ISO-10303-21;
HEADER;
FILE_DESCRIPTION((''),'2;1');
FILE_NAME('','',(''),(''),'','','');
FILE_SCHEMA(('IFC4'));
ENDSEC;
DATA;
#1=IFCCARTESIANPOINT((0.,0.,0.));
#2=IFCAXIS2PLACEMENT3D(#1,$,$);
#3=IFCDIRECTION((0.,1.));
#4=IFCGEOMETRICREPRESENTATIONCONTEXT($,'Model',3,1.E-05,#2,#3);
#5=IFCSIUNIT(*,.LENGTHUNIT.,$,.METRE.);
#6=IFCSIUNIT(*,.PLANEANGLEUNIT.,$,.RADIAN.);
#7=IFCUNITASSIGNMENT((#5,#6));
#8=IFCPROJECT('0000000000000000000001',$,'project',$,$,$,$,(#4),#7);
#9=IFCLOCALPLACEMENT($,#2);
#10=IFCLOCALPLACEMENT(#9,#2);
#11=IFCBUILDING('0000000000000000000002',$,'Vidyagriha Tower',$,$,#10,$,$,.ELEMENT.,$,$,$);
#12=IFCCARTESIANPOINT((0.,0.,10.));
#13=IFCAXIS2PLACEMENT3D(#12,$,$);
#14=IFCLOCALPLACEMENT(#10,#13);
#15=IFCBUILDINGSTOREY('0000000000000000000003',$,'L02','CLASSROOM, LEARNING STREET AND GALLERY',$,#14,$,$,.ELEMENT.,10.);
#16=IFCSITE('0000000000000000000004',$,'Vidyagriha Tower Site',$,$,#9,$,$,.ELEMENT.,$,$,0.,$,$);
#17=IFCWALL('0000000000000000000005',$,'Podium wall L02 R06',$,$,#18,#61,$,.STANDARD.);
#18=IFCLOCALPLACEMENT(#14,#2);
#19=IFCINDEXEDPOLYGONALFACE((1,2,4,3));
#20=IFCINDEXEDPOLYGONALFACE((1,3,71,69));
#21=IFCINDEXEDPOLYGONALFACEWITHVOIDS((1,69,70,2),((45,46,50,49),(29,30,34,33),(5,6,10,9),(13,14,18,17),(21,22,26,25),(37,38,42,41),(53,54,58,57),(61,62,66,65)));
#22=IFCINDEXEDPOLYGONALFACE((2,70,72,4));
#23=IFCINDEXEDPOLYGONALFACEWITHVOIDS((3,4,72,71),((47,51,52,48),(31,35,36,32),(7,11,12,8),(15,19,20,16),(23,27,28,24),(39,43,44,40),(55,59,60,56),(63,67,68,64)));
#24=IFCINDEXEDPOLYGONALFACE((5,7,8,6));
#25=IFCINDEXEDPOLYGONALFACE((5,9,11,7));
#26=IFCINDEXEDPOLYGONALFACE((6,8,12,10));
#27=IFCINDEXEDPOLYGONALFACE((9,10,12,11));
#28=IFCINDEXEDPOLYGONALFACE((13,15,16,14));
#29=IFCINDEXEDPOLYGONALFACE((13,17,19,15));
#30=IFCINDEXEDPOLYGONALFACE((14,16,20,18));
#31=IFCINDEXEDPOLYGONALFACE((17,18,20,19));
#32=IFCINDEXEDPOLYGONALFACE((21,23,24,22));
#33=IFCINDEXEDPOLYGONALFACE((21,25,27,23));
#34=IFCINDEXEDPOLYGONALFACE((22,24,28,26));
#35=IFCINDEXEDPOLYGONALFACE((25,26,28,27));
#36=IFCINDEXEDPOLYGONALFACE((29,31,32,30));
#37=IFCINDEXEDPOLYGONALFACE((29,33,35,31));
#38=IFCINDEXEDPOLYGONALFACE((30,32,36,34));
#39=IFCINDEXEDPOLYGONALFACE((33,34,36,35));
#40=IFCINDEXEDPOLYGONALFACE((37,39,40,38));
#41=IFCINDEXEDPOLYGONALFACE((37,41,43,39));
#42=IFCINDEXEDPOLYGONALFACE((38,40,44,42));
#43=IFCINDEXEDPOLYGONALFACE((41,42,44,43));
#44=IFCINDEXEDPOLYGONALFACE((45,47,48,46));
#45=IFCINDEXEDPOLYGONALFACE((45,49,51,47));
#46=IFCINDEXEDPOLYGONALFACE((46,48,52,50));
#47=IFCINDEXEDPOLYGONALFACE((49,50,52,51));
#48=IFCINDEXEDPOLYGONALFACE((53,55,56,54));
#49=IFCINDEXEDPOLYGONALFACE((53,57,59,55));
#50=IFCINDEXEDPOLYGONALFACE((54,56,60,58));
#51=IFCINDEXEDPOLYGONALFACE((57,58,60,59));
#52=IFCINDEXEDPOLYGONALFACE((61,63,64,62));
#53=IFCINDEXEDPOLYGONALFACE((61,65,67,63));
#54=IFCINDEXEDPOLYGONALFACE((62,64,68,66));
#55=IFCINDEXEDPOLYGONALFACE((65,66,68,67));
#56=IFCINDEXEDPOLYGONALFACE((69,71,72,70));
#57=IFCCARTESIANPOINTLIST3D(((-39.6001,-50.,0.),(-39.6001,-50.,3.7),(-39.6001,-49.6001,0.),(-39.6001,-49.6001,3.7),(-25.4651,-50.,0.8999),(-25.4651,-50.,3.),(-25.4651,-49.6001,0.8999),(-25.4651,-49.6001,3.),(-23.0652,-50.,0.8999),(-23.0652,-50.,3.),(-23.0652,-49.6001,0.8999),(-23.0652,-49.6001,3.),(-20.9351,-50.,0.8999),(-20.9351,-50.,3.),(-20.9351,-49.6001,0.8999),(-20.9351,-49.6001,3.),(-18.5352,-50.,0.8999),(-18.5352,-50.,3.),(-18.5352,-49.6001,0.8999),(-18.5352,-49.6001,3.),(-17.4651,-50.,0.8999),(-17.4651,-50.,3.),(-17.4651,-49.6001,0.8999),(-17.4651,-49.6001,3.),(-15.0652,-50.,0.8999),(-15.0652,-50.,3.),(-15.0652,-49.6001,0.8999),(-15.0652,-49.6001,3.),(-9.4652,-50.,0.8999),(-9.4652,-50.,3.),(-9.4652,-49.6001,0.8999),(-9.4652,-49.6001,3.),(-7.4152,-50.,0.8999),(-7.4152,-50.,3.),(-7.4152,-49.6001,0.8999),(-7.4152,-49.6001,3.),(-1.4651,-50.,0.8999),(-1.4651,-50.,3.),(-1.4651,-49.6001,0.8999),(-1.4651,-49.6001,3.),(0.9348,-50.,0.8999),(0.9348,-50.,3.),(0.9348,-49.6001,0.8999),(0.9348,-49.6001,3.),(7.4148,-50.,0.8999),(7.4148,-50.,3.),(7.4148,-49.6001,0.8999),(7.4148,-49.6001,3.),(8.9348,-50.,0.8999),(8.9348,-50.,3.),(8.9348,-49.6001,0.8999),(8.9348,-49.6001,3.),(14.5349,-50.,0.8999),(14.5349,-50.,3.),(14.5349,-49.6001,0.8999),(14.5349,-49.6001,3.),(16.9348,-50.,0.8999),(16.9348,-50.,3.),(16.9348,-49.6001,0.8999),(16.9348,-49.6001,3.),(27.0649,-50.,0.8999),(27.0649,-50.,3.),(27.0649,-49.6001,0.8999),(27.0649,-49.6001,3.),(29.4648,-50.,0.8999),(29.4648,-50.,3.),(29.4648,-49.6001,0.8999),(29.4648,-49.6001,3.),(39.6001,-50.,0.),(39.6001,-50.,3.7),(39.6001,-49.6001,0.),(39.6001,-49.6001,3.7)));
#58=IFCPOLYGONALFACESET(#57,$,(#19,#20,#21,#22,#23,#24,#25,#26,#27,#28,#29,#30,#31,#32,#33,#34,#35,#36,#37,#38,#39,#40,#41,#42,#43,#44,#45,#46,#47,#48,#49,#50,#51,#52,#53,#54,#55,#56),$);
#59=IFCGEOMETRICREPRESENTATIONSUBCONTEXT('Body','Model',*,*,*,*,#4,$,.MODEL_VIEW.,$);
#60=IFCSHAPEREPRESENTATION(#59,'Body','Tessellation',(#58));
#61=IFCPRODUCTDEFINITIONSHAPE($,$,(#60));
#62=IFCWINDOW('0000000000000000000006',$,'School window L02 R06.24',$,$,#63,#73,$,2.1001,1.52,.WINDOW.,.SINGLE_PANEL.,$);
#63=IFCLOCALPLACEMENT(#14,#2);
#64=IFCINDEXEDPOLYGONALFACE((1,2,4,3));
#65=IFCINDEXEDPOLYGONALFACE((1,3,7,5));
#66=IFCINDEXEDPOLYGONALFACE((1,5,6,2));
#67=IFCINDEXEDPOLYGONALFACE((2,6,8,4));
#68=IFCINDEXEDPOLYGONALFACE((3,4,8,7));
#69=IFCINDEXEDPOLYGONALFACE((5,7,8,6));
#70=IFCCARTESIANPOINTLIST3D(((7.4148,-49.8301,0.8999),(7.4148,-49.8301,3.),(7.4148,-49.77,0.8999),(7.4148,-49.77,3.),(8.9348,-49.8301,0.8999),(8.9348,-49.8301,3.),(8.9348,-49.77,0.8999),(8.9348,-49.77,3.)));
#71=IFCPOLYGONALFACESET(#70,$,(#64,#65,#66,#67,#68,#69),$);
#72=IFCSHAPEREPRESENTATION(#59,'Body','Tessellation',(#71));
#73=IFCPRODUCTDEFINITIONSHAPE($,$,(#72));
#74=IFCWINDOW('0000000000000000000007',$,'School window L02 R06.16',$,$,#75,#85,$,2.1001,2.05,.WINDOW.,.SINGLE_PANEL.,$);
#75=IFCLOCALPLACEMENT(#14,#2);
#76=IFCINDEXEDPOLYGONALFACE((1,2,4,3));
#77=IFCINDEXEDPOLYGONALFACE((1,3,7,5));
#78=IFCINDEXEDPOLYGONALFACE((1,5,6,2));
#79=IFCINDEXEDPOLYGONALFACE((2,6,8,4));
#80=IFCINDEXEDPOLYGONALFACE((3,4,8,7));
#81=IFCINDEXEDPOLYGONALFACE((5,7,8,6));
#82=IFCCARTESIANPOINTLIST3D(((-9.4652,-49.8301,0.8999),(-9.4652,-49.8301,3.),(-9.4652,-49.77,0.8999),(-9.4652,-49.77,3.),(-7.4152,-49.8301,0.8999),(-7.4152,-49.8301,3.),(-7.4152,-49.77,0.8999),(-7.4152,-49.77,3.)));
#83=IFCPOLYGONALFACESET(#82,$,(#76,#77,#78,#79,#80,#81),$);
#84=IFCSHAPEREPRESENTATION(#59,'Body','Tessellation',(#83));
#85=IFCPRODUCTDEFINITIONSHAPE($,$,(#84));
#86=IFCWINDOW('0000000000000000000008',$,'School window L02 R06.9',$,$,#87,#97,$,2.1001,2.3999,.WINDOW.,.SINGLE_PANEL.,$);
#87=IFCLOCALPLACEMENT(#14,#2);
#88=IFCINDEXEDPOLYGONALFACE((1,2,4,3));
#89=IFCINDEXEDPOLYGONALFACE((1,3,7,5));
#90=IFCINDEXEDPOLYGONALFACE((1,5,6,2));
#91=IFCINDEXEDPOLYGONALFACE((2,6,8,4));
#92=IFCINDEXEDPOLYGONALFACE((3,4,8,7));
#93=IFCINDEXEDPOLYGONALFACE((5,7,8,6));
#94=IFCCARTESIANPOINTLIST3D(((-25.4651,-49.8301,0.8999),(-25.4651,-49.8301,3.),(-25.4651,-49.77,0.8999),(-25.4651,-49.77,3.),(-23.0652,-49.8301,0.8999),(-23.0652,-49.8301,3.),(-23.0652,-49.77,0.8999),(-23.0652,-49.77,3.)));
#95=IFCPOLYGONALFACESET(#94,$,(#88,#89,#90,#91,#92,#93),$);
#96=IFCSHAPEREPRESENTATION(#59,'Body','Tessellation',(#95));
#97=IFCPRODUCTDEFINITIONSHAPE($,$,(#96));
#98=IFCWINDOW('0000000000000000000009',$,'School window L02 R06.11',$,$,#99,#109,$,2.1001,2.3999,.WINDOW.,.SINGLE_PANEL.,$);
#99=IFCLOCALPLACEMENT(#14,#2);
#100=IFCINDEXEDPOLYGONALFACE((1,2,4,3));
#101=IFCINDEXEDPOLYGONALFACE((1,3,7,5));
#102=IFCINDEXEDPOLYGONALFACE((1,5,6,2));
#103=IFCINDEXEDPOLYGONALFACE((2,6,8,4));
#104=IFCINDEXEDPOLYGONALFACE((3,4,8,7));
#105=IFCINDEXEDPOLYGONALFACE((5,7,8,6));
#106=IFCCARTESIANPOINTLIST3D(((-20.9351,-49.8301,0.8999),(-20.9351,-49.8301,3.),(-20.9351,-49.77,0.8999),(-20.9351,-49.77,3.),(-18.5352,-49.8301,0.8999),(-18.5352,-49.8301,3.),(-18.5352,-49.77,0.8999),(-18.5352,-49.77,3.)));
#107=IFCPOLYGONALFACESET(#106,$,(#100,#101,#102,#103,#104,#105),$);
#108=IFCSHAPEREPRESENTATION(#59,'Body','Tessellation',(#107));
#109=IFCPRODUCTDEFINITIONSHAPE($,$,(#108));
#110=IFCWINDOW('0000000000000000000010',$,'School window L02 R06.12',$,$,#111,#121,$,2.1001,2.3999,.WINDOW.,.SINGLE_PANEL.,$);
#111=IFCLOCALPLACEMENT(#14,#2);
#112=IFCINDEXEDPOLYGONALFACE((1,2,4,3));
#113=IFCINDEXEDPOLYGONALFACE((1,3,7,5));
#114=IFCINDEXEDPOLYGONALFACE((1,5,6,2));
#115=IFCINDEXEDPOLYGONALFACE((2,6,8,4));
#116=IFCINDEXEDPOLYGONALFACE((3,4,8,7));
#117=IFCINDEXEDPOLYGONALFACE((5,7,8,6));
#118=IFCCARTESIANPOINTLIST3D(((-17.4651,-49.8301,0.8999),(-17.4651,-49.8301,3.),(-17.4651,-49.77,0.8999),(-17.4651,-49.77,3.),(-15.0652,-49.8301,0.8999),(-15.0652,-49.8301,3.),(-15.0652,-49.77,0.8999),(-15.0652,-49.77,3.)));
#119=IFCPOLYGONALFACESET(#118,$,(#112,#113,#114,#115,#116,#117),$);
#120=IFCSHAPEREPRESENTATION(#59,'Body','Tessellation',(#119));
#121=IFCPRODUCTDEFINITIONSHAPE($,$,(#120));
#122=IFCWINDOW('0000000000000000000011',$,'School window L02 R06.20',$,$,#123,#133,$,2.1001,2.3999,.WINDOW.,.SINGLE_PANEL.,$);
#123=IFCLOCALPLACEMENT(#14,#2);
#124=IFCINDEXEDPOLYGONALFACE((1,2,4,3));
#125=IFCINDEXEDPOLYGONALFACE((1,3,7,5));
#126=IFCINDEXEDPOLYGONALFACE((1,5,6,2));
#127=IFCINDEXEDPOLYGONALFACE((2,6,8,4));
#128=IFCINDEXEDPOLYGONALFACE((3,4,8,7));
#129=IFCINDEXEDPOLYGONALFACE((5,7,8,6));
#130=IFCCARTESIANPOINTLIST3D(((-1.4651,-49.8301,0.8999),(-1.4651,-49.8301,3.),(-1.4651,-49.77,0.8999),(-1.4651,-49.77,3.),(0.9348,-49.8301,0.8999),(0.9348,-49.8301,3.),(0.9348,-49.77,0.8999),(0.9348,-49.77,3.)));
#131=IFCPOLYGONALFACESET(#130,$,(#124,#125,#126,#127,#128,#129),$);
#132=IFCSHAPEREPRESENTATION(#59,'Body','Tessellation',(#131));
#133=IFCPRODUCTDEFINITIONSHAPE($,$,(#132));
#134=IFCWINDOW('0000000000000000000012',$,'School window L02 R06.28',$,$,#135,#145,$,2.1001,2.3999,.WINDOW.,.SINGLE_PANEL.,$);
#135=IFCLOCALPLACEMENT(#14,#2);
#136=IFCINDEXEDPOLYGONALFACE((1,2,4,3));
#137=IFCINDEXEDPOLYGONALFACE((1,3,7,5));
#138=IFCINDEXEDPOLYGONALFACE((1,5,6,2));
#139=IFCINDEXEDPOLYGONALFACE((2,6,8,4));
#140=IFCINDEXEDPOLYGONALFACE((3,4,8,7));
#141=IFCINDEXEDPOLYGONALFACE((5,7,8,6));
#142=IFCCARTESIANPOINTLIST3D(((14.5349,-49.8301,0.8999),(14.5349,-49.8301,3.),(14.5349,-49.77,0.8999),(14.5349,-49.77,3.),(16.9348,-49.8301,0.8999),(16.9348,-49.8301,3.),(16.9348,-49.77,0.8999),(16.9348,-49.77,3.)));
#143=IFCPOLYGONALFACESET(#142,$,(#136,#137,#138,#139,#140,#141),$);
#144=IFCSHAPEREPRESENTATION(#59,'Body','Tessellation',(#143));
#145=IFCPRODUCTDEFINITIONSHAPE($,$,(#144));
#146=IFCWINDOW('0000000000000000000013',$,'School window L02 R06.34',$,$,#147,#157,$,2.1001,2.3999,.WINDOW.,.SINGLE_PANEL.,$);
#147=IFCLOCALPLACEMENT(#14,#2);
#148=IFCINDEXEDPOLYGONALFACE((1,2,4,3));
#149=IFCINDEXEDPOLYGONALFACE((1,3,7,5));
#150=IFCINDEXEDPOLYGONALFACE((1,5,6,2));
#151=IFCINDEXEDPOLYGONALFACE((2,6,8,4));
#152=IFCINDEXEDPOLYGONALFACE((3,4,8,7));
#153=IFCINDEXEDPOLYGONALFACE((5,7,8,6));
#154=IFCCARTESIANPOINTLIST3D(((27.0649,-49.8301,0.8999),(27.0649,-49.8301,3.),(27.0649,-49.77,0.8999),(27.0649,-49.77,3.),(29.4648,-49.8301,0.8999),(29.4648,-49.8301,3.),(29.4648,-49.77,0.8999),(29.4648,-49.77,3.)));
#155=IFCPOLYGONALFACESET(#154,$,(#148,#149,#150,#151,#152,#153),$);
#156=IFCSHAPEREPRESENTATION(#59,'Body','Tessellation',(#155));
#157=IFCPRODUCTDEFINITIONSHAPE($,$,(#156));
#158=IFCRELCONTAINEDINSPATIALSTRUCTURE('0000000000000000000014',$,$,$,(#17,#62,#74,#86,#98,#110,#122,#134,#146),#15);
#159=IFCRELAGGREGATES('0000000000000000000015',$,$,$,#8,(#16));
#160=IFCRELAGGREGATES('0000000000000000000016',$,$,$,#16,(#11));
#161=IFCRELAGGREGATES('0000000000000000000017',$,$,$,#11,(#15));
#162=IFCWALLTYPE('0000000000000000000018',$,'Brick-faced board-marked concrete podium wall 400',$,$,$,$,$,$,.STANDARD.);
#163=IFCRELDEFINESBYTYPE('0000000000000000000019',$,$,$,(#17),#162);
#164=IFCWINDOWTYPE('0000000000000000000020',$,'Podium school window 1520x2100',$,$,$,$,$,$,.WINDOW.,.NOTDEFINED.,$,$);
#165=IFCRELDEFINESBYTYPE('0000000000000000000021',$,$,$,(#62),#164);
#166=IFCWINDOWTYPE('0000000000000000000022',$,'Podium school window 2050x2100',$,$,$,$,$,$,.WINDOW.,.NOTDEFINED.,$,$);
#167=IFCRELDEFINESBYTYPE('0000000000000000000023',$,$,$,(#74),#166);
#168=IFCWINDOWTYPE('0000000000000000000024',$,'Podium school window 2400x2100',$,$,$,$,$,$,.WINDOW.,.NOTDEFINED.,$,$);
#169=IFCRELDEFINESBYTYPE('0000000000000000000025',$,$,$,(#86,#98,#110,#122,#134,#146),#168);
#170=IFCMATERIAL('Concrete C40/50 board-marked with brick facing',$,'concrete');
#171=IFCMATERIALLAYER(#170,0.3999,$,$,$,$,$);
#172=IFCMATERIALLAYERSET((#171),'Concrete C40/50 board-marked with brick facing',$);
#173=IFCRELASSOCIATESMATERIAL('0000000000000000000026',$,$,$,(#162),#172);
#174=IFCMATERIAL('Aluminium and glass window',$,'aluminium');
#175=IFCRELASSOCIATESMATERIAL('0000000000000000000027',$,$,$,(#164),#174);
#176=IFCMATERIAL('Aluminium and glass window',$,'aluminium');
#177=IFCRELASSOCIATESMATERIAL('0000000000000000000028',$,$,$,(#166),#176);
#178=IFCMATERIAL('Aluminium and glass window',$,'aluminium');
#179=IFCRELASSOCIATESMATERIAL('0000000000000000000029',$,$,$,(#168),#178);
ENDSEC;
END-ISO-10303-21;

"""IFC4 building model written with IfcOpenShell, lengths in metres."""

from ifc_helpers import new_model, si_unit, direction, frame, frame_2d, origin, place, context, subcontext, project, spatial, rectangle, extrude, material, layer, layer_set, type_object, element, fill, save


model = new_model("IFC4")

# Units and contexts
model_context = context("Model", 3, precision=1e-05, world=origin(), true_north=direction((0.0, 1.0)))
body_context = subcontext(model_context, "Body", "Model", "MODEL_VIEW")
ifc_project = project(units=[si_unit("LENGTHUNIT", "METRE"), si_unit("PLANEANGLEUNIT", "RADIAN")], contexts=[model_context])

# Site, building, storey
site_placement = place(None, origin())
site = spatial("IfcSite", under=ifc_project, at=site_placement, Name="Vidyagriha Tower Site", CompositionType="ELEMENT", RefElevation=0.0)
building_placement = place(site_placement, origin())
building = spatial("IfcBuilding", under=site, at=building_placement, Name="Vidyagriha Tower", CompositionType="ELEMENT")
storey_placement = place(building_placement, frame((0.0, 0.0, 10.0)))
storey = spatial("IfcBuildingStorey", under=building, at=storey_placement, Name="L02", Description="CLASSROOM, LEARNING STREET AND GALLERY", CompositionType="ELEMENT", Elevation=10.0)

# Wall, openings, windows
ifc_material_1 = material(Name="Concrete C40/50 board-marked with brick facing", Category="concrete")
ifc_layer_1 = layer(ifc_material_1, 0.3999)
ifc_layer_set_1 = layer_set([ifc_layer_1], Name="Concrete C40/50 board-marked with brick facing")
wall_type_1 = type_object("IfcWallType", Name="Brick-faced board-marked concrete podium wall 400", PredefinedType="STANDARD", material=ifc_layer_set_1)
wall_1_placement = place(storey_placement, frame((-39.6001, -49.8, 0.0)))
wall_1 = element("IfcWall", 1, at=wall_1_placement, inside=storey, type_object=wall_type_1, Name="Podium wall L02 R06", PredefinedType="STANDARD", context=body_context, shape_type="SweptSolid", body=[
    extrude(rectangle(XDim=79.2002, YDim=0.3999, at=frame_2d((39.6001, 0.0))), origin(), (0.0, 0.0, 1.0), 3.7),
])
opening_1_placement = place(wall_1_placement, frame((14.135, 0.0, 0.8999)))
opening_1 = element("IfcOpeningElement", 2, at=opening_1_placement, cuts=wall_1, PredefinedType="OPENING", context=body_context, shape_type="SweptSolid", body=[
    extrude(rectangle(XDim=2.3999, YDim=2.1001, at=frame_2d((1.2, 1.05))), frame((0.0, 0.21, 0.0), z_axis=(0.0, -1.0, 0.0), x_axis=(1.0, 0.0, 0.0)), (0.0, 0.0, 1.0), 0.4199),
])
opening_2_placement = place(wall_1_placement, frame((18.665, 0.0, 0.8999)))
opening_2 = element("IfcOpeningElement", 3, at=opening_2_placement, cuts=wall_1, PredefinedType="OPENING", context=body_context, shape_type="SweptSolid", body=[
    extrude(rectangle(XDim=2.3999, YDim=2.1001, at=frame_2d((1.2, 1.05))), frame((0.0, 0.21, 0.0), z_axis=(0.0, -1.0, 0.0), x_axis=(1.0, 0.0, 0.0)), (0.0, 0.0, 1.0), 0.4199),
])
opening_3_placement = place(wall_1_placement, frame((22.135, 0.0, 0.8999)))
opening_3 = element("IfcOpeningElement", 4, at=opening_3_placement, cuts=wall_1, PredefinedType="OPENING", context=body_context, shape_type="SweptSolid", body=[
    extrude(rectangle(XDim=2.3999, YDim=2.1001, at=frame_2d((1.2, 1.05))), frame((0.0, 0.21, 0.0), z_axis=(0.0, -1.0, 0.0), x_axis=(1.0, 0.0, 0.0)), (0.0, 0.0, 1.0), 0.4199),
])
opening_4_placement = place(wall_1_placement, frame((30.135, 0.0, 0.8999)))
opening_4 = element("IfcOpeningElement", 5, at=opening_4_placement, cuts=wall_1, PredefinedType="OPENING", context=body_context, shape_type="SweptSolid", body=[
    extrude(rectangle(XDim=2.05, YDim=2.1001, at=frame_2d((1.0249, 1.05))), frame((0.0, 0.21, 0.0), z_axis=(0.0, -1.0, 0.0), x_axis=(1.0, 0.0, 0.0)), (0.0, 0.0, 1.0), 0.4199),
])
opening_5_placement = place(wall_1_placement, frame((38.135, 0.0, 0.8999)))
opening_5 = element("IfcOpeningElement", 6, at=opening_5_placement, cuts=wall_1, PredefinedType="OPENING", context=body_context, shape_type="SweptSolid", body=[
    extrude(rectangle(XDim=2.3999, YDim=2.1001, at=frame_2d((1.2, 1.05))), frame((0.0, 0.21, 0.0), z_axis=(0.0, -1.0, 0.0), x_axis=(1.0, 0.0, 0.0)), (0.0, 0.0, 1.0), 0.4199),
])
opening_6_placement = place(wall_1_placement, frame((47.0149, 0.0, 0.8999)))
opening_6 = element("IfcOpeningElement", 7, at=opening_6_placement, cuts=wall_1, PredefinedType="OPENING", context=body_context, shape_type="SweptSolid", body=[
    extrude(rectangle(XDim=1.52, YDim=2.1001, at=frame_2d((0.76, 1.05))), frame((0.0, 0.21, 0.0), z_axis=(0.0, -1.0, 0.0), x_axis=(1.0, 0.0, 0.0)), (0.0, 0.0, 1.0), 0.4199),
])
opening_7_placement = place(wall_1_placement, frame((54.135, 0.0, 0.8999)))
opening_7 = element("IfcOpeningElement", 8, at=opening_7_placement, cuts=wall_1, PredefinedType="OPENING", context=body_context, shape_type="SweptSolid", body=[
    extrude(rectangle(XDim=2.3999, YDim=2.1001, at=frame_2d((1.2, 1.05))), frame((0.0, 0.21, 0.0), z_axis=(0.0, -1.0, 0.0), x_axis=(1.0, 0.0, 0.0)), (0.0, 0.0, 1.0), 0.4199),
])
opening_8_placement = place(wall_1_placement, frame((66.665, 0.0, 0.8999)))
opening_8 = element("IfcOpeningElement", 9, at=opening_8_placement, cuts=wall_1, PredefinedType="OPENING", context=body_context, shape_type="SweptSolid", body=[
    extrude(rectangle(XDim=2.3999, YDim=2.1001, at=frame_2d((1.2, 1.05))), frame((0.0, 0.21, 0.0), z_axis=(0.0, -1.0, 0.0), x_axis=(1.0, 0.0, 0.0)), (0.0, 0.0, 1.0), 0.4199),
])
ifc_material_2 = material(Name="Aluminium and glass window", Category="aluminium")
window_type_1 = type_object("IfcWindowType", Name="Podium school window 1520x2100", PartitioningType="NOTDEFINED", PredefinedType="WINDOW", material=ifc_material_2)
window_1_placement = place(opening_6_placement, origin())
window_1 = element("IfcWindow", 10, at=window_1_placement, inside=storey, type_object=window_type_1, Name="School window L02 R06.24", OverallHeight=2.1001, OverallWidth=1.52, PartitioningType="SINGLE_PANEL", PredefinedType="WINDOW", context=body_context, shape_type="SweptSolid", body=[
    extrude(rectangle(XDim=1.52, YDim=2.1001, at=frame_2d((0.76, 1.05))), frame((0.0, 0.03, 0.0), z_axis=(0.0, -1.0, 0.0), x_axis=(1.0, 0.0, 0.0)), (0.0, 0.0, 1.0), 0.0601),
])
fill(opening_6, window_1)
ifc_material_3 = material(Name="Aluminium and glass window", Category="aluminium")
window_type_2 = type_object("IfcWindowType", Name="Podium school window 2050x2100", PartitioningType="NOTDEFINED", PredefinedType="WINDOW", material=ifc_material_3)
window_2_placement = place(opening_4_placement, origin())
window_2 = element("IfcWindow", 11, at=window_2_placement, inside=storey, type_object=window_type_2, Name="School window L02 R06.16", OverallHeight=2.1001, OverallWidth=2.05, PartitioningType="SINGLE_PANEL", PredefinedType="WINDOW", context=body_context, shape_type="SweptSolid", body=[
    extrude(rectangle(XDim=2.05, YDim=2.1001, at=frame_2d((1.0249, 1.05))), frame((0.0, 0.03, 0.0), z_axis=(0.0, -1.0, 0.0), x_axis=(1.0, 0.0, 0.0)), (0.0, 0.0, 1.0), 0.0601),
])
fill(opening_4, window_2)
ifc_material_4 = material(Name="Aluminium and glass window", Category="aluminium")
window_type_3 = type_object("IfcWindowType", Name="Podium school window 2400x2100", PartitioningType="NOTDEFINED", PredefinedType="WINDOW", material=ifc_material_4)
window_3_placement = place(opening_1_placement, origin())
window_3 = element("IfcWindow", 12, at=window_3_placement, inside=storey, type_object=window_type_3, Name="School window L02 R06.9", OverallHeight=2.1001, OverallWidth=2.3999, PartitioningType="SINGLE_PANEL", PredefinedType="WINDOW", context=body_context, shape_type="SweptSolid", body=[
    extrude(rectangle(XDim=2.3999, YDim=2.1001, at=frame_2d((1.2, 1.05))), frame((0.0, 0.03, 0.0), z_axis=(0.0, -1.0, 0.0), x_axis=(1.0, 0.0, 0.0)), (0.0, 0.0, 1.0), 0.0601),
])
fill(opening_1, window_3)
window_4_placement = place(opening_2_placement, origin())
window_4 = element("IfcWindow", 13, at=window_4_placement, inside=storey, type_object=window_type_3, Name="School window L02 R06.11", OverallHeight=2.1001, OverallWidth=2.3999, PartitioningType="SINGLE_PANEL", PredefinedType="WINDOW", context=body_context, shape_type="SweptSolid", body=[
    extrude(rectangle(XDim=2.3999, YDim=2.1001, at=frame_2d((1.2, 1.05))), frame((0.0, 0.03, 0.0), z_axis=(0.0, -1.0, 0.0), x_axis=(1.0, 0.0, 0.0)), (0.0, 0.0, 1.0), 0.0601),
])
fill(opening_2, window_4)
window_5_placement = place(opening_3_placement, origin())
window_5 = element("IfcWindow", 14, at=window_5_placement, inside=storey, type_object=window_type_3, Name="School window L02 R06.12", OverallHeight=2.1001, OverallWidth=2.3999, PartitioningType="SINGLE_PANEL", PredefinedType="WINDOW", context=body_context, shape_type="SweptSolid", body=[
    extrude(rectangle(XDim=2.3999, YDim=2.1001, at=frame_2d((1.2, 1.05))), frame((0.0, 0.03, 0.0), z_axis=(0.0, -1.0, 0.0), x_axis=(1.0, 0.0, 0.0)), (0.0, 0.0, 1.0), 0.0601),
])
fill(opening_3, window_5)
window_6_placement = place(opening_5_placement, origin())
window_6 = element("IfcWindow", 15, at=window_6_placement, inside=storey, type_object=window_type_3, Name="School window L02 R06.20", OverallHeight=2.1001, OverallWidth=2.3999, PartitioningType="SINGLE_PANEL", PredefinedType="WINDOW", context=body_context, shape_type="SweptSolid", body=[
    extrude(rectangle(XDim=2.3999, YDim=2.1001, at=frame_2d((1.2, 1.05))), frame((0.0, 0.03, 0.0), z_axis=(0.0, -1.0, 0.0), x_axis=(1.0, 0.0, 0.0)), (0.0, 0.0, 1.0), 0.0601),
])
fill(opening_5, window_6)
window_7_placement = place(opening_7_placement, origin())
window_7 = element("IfcWindow", 16, at=window_7_placement, inside=storey, type_object=window_type_3, Name="School window L02 R06.28", OverallHeight=2.1001, OverallWidth=2.3999, PartitioningType="SINGLE_PANEL", PredefinedType="WINDOW", context=body_context, shape_type="SweptSolid", body=[
    extrude(rectangle(XDim=2.3999, YDim=2.1001, at=frame_2d((1.2, 1.05))), frame((0.0, 0.03, 0.0), z_axis=(0.0, -1.0, 0.0), x_axis=(1.0, 0.0, 0.0)), (0.0, 0.0, 1.0), 0.0601),
])
fill(opening_7, window_7)
window_8_placement = place(opening_8_placement, origin())
window_8 = element("IfcWindow", 17, at=window_8_placement, inside=storey, type_object=window_type_3, Name="School window L02 R06.34", OverallHeight=2.1001, OverallWidth=2.3999, PartitioningType="SINGLE_PANEL", PredefinedType="WINDOW", context=body_context, shape_type="SweptSolid", body=[
    extrude(rectangle(XDim=2.3999, YDim=2.1001, at=frame_2d((1.2, 1.05))), frame((0.0, 0.03, 0.0), z_axis=(0.0, -1.0, 0.0), x_axis=(1.0, 0.0, 0.0)), (0.0, 0.0, 1.0), 0.0601),
])
fill(opening_8, window_8)

save(model, "model.ifc")
